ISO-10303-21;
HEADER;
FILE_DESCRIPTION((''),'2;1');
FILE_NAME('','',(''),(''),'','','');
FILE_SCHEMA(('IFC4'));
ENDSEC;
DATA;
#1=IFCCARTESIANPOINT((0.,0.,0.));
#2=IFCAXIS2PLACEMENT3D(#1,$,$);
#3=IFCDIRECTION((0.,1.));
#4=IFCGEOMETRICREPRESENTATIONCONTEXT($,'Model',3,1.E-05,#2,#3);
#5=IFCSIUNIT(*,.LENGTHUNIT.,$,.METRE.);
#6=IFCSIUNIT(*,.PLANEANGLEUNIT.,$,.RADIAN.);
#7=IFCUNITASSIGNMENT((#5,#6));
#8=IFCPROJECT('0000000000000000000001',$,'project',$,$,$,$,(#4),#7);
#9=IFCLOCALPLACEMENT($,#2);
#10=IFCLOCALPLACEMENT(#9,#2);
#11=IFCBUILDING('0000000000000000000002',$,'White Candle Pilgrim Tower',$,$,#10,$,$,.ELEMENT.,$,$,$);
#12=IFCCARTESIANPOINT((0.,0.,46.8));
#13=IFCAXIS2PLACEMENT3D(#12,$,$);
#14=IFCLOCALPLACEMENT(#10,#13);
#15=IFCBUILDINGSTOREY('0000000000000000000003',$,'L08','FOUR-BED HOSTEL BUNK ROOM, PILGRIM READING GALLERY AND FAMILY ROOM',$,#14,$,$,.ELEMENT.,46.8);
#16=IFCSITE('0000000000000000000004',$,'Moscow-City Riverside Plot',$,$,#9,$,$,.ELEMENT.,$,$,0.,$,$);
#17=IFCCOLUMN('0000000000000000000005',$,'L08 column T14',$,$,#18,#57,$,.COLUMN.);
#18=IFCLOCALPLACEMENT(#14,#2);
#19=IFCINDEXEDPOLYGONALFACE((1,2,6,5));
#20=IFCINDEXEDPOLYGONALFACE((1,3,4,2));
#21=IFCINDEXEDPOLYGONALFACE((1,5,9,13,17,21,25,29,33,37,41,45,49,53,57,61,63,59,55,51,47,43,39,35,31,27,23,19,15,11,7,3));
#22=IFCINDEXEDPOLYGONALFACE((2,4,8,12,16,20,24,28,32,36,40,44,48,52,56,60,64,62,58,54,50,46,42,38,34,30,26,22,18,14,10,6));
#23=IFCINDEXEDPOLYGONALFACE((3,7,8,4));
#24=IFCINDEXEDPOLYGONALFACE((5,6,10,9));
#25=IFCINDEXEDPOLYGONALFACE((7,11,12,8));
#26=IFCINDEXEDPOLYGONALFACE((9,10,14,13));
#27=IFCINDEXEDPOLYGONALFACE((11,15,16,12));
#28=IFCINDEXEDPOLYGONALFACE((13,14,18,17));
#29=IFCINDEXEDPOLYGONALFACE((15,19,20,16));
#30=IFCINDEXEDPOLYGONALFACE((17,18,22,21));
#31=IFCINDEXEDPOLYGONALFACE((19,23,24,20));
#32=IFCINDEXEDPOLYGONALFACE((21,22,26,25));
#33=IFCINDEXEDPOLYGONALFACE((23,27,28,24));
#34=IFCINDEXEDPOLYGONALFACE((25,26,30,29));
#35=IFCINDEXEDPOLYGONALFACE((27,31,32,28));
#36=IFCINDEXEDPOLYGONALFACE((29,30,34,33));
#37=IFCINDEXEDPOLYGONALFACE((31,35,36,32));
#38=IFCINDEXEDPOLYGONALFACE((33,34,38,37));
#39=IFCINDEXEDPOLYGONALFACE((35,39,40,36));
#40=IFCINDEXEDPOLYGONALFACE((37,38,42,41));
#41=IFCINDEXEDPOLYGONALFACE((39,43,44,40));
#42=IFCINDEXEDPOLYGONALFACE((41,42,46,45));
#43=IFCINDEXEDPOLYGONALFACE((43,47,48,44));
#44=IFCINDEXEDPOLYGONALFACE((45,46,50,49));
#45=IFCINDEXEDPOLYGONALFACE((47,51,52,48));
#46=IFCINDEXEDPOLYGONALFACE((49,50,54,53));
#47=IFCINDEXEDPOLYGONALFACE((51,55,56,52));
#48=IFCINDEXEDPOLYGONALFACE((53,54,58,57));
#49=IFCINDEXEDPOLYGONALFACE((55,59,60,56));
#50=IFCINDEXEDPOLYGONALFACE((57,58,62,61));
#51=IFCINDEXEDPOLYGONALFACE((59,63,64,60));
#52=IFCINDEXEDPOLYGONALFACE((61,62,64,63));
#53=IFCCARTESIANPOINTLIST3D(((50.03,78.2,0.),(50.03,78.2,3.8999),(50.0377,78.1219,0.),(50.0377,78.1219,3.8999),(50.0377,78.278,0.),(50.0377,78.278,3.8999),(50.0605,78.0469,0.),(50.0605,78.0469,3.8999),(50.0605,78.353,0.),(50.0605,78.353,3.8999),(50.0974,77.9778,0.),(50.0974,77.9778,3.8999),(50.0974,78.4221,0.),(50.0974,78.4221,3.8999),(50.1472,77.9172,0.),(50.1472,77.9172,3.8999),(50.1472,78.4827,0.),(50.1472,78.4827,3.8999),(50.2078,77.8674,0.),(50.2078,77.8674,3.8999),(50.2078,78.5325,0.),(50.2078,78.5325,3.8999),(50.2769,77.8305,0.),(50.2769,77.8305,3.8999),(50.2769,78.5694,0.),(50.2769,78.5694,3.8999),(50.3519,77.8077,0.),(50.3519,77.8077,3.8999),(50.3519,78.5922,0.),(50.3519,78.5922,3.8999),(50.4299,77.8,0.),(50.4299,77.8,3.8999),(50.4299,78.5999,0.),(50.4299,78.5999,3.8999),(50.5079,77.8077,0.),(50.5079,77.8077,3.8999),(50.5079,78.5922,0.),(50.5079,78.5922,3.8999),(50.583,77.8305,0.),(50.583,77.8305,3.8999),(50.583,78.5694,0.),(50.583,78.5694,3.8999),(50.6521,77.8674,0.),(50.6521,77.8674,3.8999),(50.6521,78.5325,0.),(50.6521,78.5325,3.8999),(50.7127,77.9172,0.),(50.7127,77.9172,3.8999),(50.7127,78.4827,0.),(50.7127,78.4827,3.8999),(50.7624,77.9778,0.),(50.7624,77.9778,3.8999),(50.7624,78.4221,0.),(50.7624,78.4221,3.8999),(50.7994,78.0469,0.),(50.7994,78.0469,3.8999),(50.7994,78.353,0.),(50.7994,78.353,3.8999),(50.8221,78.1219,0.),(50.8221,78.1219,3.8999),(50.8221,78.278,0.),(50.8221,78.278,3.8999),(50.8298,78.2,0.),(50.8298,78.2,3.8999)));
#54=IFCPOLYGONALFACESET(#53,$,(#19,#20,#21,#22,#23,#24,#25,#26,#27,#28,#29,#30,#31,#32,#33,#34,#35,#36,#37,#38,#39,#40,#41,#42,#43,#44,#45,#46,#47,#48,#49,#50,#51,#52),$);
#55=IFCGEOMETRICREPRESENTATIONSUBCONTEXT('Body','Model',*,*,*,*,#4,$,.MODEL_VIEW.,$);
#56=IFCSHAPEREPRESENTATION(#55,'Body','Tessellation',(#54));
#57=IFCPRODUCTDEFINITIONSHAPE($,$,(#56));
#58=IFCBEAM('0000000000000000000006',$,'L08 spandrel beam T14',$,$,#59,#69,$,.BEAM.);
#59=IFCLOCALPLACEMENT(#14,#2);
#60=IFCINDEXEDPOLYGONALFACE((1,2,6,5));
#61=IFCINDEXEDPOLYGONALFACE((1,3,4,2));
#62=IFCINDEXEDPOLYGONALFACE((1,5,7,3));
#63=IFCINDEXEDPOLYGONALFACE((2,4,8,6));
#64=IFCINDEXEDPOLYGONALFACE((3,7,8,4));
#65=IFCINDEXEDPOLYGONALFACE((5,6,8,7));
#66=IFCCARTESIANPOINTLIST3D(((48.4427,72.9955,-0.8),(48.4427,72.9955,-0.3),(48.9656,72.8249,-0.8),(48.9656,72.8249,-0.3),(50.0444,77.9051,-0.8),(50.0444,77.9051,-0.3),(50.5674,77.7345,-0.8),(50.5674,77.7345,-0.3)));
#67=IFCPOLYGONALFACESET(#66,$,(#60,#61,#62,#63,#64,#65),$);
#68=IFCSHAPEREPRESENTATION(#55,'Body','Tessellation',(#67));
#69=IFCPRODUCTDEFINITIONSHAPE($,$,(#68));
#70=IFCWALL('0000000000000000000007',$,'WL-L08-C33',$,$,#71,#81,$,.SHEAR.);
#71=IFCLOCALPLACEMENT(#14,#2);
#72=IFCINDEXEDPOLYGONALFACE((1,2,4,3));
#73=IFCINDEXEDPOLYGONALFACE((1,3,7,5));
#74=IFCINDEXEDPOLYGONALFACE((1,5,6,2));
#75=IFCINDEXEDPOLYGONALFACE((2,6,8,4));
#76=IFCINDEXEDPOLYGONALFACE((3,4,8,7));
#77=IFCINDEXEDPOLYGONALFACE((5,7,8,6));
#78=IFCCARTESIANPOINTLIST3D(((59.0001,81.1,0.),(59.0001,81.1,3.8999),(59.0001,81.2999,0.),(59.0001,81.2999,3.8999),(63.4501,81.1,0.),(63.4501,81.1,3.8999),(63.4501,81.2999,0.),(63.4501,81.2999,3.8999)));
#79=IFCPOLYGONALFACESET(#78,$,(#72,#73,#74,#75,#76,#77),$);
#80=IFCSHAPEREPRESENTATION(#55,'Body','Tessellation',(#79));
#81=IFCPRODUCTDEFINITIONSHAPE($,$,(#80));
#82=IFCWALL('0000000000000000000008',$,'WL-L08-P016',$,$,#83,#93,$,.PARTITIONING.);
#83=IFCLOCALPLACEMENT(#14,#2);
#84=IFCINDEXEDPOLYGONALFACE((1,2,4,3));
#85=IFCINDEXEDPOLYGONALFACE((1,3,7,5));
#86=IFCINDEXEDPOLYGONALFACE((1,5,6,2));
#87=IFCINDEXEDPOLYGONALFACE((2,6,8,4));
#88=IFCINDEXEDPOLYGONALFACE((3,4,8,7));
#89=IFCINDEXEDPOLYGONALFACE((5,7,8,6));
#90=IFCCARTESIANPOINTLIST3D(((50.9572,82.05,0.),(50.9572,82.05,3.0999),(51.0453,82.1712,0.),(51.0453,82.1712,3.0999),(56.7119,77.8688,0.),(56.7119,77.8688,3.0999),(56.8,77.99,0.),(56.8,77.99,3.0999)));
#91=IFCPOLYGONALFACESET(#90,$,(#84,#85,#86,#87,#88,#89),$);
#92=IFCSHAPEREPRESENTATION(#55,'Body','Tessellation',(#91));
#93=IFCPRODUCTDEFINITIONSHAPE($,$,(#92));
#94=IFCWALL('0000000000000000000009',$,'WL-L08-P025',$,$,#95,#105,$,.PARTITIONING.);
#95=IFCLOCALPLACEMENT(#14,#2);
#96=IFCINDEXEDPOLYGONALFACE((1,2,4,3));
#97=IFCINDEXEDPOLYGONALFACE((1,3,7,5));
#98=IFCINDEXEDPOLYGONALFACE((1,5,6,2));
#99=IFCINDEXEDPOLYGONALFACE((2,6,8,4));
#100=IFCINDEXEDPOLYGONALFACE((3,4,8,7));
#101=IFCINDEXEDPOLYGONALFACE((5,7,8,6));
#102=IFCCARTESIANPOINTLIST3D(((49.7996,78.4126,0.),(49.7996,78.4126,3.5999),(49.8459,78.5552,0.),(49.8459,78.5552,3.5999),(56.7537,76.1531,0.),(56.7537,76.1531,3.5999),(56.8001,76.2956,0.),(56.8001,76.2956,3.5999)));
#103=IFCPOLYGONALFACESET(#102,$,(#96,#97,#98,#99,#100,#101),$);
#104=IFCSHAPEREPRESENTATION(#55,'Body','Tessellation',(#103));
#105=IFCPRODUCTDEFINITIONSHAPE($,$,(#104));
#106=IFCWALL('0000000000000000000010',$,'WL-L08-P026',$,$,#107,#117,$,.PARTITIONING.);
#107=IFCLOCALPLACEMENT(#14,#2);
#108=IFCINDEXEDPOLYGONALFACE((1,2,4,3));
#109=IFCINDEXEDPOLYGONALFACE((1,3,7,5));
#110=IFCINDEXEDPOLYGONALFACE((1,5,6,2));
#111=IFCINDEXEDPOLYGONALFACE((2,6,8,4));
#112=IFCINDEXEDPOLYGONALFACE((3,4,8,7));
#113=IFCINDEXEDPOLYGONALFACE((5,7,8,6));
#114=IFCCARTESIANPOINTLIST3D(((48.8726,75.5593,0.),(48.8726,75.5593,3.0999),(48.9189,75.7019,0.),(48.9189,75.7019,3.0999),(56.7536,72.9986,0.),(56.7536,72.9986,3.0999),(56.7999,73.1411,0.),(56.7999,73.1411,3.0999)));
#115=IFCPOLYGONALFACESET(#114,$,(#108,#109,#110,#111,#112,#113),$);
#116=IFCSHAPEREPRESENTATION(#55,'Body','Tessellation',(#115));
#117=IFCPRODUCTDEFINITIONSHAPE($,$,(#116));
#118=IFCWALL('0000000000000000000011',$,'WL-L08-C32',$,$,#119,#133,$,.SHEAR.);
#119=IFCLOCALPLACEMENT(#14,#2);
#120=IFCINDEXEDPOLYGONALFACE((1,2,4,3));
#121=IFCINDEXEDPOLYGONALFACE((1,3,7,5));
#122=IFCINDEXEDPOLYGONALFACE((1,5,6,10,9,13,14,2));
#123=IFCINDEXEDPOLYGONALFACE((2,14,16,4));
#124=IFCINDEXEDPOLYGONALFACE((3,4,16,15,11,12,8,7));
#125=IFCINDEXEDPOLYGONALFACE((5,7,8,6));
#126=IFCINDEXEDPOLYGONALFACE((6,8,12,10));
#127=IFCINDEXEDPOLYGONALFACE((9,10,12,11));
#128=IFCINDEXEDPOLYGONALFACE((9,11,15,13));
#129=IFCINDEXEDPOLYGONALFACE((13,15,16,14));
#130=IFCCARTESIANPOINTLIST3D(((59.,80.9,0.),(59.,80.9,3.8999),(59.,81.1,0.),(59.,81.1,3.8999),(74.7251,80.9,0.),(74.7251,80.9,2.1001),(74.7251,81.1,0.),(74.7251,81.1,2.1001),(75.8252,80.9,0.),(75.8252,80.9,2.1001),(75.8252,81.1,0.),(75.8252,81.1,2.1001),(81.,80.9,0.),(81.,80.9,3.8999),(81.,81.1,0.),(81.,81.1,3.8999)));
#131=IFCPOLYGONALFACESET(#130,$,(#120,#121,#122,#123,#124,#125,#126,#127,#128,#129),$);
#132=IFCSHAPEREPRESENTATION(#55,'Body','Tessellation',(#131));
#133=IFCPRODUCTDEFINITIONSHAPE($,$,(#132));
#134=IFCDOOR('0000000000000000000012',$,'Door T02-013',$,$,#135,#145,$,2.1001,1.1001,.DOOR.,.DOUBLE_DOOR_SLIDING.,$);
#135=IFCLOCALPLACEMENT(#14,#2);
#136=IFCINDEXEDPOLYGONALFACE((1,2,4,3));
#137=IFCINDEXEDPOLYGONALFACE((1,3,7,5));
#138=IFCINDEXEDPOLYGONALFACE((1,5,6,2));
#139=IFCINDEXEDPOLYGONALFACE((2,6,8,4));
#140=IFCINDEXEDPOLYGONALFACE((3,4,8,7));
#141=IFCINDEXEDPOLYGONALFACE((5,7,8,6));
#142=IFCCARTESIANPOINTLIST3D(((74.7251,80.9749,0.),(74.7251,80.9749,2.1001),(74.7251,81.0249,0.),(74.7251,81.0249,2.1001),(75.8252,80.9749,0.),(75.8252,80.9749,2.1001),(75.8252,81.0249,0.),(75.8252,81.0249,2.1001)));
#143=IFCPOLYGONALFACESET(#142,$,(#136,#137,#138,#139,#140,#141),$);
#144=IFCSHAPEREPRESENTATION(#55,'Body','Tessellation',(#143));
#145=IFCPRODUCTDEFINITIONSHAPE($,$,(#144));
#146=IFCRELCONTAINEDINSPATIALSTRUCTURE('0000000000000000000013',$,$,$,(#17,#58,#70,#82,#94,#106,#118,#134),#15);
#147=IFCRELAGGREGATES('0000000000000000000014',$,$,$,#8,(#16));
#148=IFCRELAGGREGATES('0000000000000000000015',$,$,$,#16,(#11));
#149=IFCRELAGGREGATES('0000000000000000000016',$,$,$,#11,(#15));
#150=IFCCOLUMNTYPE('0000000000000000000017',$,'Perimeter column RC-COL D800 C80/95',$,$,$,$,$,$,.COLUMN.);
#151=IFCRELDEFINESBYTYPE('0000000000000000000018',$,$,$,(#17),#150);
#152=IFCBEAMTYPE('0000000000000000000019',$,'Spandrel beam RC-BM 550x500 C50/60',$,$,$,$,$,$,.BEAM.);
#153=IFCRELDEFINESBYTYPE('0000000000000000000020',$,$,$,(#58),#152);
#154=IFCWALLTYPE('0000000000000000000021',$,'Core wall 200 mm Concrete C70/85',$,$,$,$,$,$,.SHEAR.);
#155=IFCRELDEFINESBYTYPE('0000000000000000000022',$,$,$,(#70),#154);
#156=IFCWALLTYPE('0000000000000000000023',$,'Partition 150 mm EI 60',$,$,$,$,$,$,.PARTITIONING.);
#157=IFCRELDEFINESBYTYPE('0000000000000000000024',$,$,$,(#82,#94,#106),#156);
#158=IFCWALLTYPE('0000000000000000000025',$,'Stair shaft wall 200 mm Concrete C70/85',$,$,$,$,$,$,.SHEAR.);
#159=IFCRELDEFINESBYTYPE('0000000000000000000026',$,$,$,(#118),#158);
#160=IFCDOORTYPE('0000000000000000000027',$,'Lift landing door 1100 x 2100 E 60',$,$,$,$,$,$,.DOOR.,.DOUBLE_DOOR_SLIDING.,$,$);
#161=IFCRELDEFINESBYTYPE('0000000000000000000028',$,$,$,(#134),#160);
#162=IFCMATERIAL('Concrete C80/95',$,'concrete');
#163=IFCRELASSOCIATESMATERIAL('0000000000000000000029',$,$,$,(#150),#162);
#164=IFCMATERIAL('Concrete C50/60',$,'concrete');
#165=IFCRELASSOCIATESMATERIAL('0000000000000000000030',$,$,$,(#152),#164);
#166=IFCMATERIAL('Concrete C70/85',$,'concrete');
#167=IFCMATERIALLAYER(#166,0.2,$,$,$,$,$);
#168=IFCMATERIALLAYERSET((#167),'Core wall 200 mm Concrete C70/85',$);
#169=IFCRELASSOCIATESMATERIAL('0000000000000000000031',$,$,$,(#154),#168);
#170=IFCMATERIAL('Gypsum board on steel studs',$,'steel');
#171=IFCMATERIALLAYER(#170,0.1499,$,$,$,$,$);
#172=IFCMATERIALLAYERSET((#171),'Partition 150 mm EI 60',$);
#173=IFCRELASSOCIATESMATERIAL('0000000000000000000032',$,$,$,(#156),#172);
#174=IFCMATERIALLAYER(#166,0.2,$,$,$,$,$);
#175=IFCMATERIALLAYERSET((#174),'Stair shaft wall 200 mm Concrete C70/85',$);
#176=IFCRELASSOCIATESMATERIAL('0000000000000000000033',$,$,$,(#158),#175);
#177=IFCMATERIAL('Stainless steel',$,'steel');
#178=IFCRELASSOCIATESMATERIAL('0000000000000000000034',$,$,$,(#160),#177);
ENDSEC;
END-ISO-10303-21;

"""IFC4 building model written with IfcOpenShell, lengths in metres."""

from ifc_helpers import new_model, si_unit, direction, frame, frame_2d, origin, origin_2d, place, context, subcontext, project, spatial, rectangle, circle, extrude, material, layer, layer_set, material_profile, profile_set, type_object, element, fill, save


model = new_model("IFC4")

# Units and contexts
model_context = context("Model", 3, precision=1e-05, world=origin(), true_north=direction((0.0, 1.0)))
body_context = subcontext(model_context, "Body", "Model", "MODEL_VIEW")
ifc_project = project(units=[si_unit("LENGTHUNIT", "METRE"), si_unit("PLANEANGLEUNIT", "RADIAN")], contexts=[model_context])

# Site, building, storey
site_placement = place(None, origin())
site = spatial("IfcSite", under=ifc_project, at=site_placement, Name="Moscow-City Riverside Plot", CompositionType="ELEMENT", RefElevation=0.0)
building_placement = place(site_placement, origin())
building = spatial("IfcBuilding", under=site, at=building_placement, Name="White Candle Pilgrim Tower", CompositionType="ELEMENT")
storey_placement = place(building_placement, frame((0.0, 0.0, 46.8)))
storey = spatial("IfcBuildingStorey", under=building, at=storey_placement, Name="L08", Description="FOUR-BED HOSTEL BUNK ROOM, PILGRIM READING GALLERY AND FAMILY ROOM", CompositionType="ELEMENT", Elevation=46.8)

# Column
ifc_material_1 = material(Name="Concrete C80/95", Category="concrete")
ifc_material_profile_1 = material_profile(ifc_material_1, circle(Radius=0.3999, at=origin_2d()), Name="RC-COL D800")
ifc_profile_set_1 = profile_set([ifc_material_profile_1], Name="Concrete C80/95")
column_type = type_object("IfcColumnType", Name="Perimeter column RC-COL D800 C80/95", PredefinedType="COLUMN", material=ifc_profile_set_1)
column_placement = place(storey_placement, frame((50.4299, 78.2, 0.0), z_axis=(0.0, 0.0, 1.0), x_axis=(1.0, 0.0, 0.0)))
element("IfcColumn", 1, at=column_placement, inside=storey, type_object=column_type, Name="L08 column T14", PredefinedType="COLUMN", context=body_context, shape_type="SweptSolid", body=[
    extrude(circle(Radius=0.3999, at=origin_2d()), origin(), (0.0, 0.0, 1.0), 3.8999),
])

# Beam
ifc_material_2 = material(Name="Concrete C50/60", Category="concrete")
ifc_material_profile_2 = material_profile(ifc_material_2, rectangle(XDim=0.55, YDim=0.5, at=origin_2d()), Name="RC-BM 550x500")
ifc_profile_set_2 = profile_set([ifc_material_profile_2], Name="Concrete C50/60")
beam_type = type_object("IfcBeamType", Name="Spandrel beam RC-BM 550x500 C50/60", PredefinedType="BEAM", material=ifc_profile_set_2)
beam_placement = place(storey_placement, frame((50.3059, 77.8198, -0.55), z_axis=(-0.310166, -0.950683, 0.0), x_axis=(0.950683, -0.310166, 0.0)))
element("IfcBeam", 2, at=beam_placement, inside=storey, type_object=beam_type, Name="L08 spandrel beam T14", PredefinedType="BEAM", context=body_context, shape_type="SweptSolid", body=[
    extrude(rectangle(XDim=0.55, YDim=0.5, at=origin_2d()), origin(), (0.0, 0.0, 1.0), 5.1643),
])

# Walls
ifc_material_3 = material(Name="Concrete C70/85", Category="concrete")
ifc_layer_1 = layer(ifc_material_3, 0.2)
ifc_layer_set_1 = layer_set([ifc_layer_1], Name="Core wall 200 mm Concrete C70/85")
wall_type_1 = type_object("IfcWallType", Name="Core wall 200 mm Concrete C70/85", PredefinedType="SHEAR", material=ifc_layer_set_1)
wall_1_placement = place(storey_placement, frame((59.0, 81.2, 0.0), z_axis=(0.0, 0.0, 1.0), x_axis=(1.0, 0.0, 0.0)))
element("IfcWall", 3, at=wall_1_placement, inside=storey, type_object=wall_type_1, Name="WL-L08-C33", PredefinedType="SHEAR", context=body_context, shape_type="SweptSolid", body=[
    extrude(rectangle(XDim=4.45, YDim=0.2, at=frame_2d((2.2251, 0.0))), origin(), (0.0, 0.0, 1.0), 3.8999),
])
ifc_material_4 = material(Name="Gypsum board on steel studs", Category="steel")
ifc_layer_2 = layer(ifc_material_4, 0.1499)
ifc_layer_set_2 = layer_set([ifc_layer_2], Name="Partition 150 mm EI 60")
wall_type_2 = type_object("IfcWallType", Name="Partition 150 mm EI 60", PredefinedType="PARTITIONING", material=ifc_layer_set_2)
wall_2_placement = place(storey_placement, frame((51.0012, 82.1106, 0.0), z_axis=(0.0, 0.0, 1.0), x_axis=(0.809006, -0.5878, 0.0)))
element("IfcWall", 4, at=wall_2_placement, inside=storey, type_object=wall_type_2, Name="WL-L08-P016", PredefinedType="PARTITIONING", context=body_context, shape_type="SweptSolid", body=[
    extrude(rectangle(XDim=7.1133, YDim=0.1499, at=frame_2d((3.5566, 0.0))), origin(), (0.0, 0.0, 1.0), 3.0999),
])
wall_3_placement = place(storey_placement, frame((49.8228, 78.4839, 0.0), z_axis=(0.0, 0.0, 1.0), x_axis=(0.951057, -0.309017, 0.0)))
element("IfcWall", 5, at=wall_3_placement, inside=storey, type_object=wall_type_2, Name="WL-L08-P025", PredefinedType="PARTITIONING", context=body_context, shape_type="SweptSolid", body=[
    extrude(rectangle(XDim=7.312, YDim=0.1499, at=frame_2d((3.656, 0.0))), origin(), (0.0, 0.0, 1.0), 3.5999),
])
wall_4_placement = place(storey_placement, frame((48.8958, 75.6306, 0.0), z_axis=(0.0, 0.0, 1.0), x_axis=(0.951054, -0.309024, 0.0)))
element("IfcWall", 6, at=wall_4_placement, inside=storey, type_object=wall_type_2, Name="WL-L08-P026", PredefinedType="PARTITIONING", context=body_context, shape_type="SweptSolid", body=[
    extrude(rectangle(XDim=8.2866, YDim=0.1499, at=frame_2d((4.1433, 0.0))), origin(), (0.0, 0.0, 1.0), 3.0999),
])

# Wall, opening, door
ifc_layer_3 = layer(ifc_material_3, 0.2)
ifc_layer_set_3 = layer_set([ifc_layer_3], Name="Stair shaft wall 200 mm Concrete C70/85")
wall_type_3 = type_object("IfcWallType", Name="Stair shaft wall 200 mm Concrete C70/85", PredefinedType="SHEAR", material=ifc_layer_set_3)
wall_5_placement = place(storey_placement, frame((59.0, 81.0, 0.0), z_axis=(0.0, 0.0, 1.0), x_axis=(1.0, 0.0, 0.0)))
wall_5 = element("IfcWall", 7, at=wall_5_placement, inside=storey, type_object=wall_type_3, Name="WL-L08-C32", PredefinedType="SHEAR", context=body_context, shape_type="SweptSolid", body=[
    extrude(rectangle(XDim=22.0, YDim=0.2, at=frame_2d((11.0, 0.0))), origin(), (0.0, 0.0, 1.0), 3.8999),
])
opening_placement = place(wall_5_placement, frame((15.7251, 0.0, 0.0)))
opening = element("IfcOpeningElement", 8, at=opening_placement, cuts=wall_5, PredefinedType="OPENING", context=body_context, shape_type="SweptSolid", body=[
    extrude(rectangle(XDim=1.1001, YDim=2.1001, at=frame_2d((0.55, 1.05))), frame((0.0, 0.1099, 0.0), z_axis=(0.0, -1.0, 0.0), x_axis=(1.0, 0.0, 0.0)), (0.0, 0.0, 1.0), 0.22),
])
ifc_material_5 = material(Name="Stainless steel", Category="steel")
door_type = type_object("IfcDoorType", Name="Lift landing door 1100 x 2100 E 60", OperationType="DOUBLE_DOOR_SLIDING", PredefinedType="DOOR", material=ifc_material_5)
door_placement = place(opening_placement, origin())
door = element("IfcDoor", 9, at=door_placement, inside=storey, type_object=door_type, Name="Door T02-013", OperationType="DOUBLE_DOOR_SLIDING", OverallHeight=2.1001, OverallWidth=1.1001, PredefinedType="DOOR", context=body_context, shape_type="SweptSolid", body=[
    extrude(rectangle(XDim=1.1001, YDim=2.1001, at=frame_2d((0.55, 1.05))), frame((0.0, 0.0249, 0.0), z_axis=(0.0, -1.0, 0.0), x_axis=(1.0, 0.0, 0.0)), (0.0, 0.0, 1.0), 0.05),
])
fill(opening, door)

save(model, "model.ifc")
